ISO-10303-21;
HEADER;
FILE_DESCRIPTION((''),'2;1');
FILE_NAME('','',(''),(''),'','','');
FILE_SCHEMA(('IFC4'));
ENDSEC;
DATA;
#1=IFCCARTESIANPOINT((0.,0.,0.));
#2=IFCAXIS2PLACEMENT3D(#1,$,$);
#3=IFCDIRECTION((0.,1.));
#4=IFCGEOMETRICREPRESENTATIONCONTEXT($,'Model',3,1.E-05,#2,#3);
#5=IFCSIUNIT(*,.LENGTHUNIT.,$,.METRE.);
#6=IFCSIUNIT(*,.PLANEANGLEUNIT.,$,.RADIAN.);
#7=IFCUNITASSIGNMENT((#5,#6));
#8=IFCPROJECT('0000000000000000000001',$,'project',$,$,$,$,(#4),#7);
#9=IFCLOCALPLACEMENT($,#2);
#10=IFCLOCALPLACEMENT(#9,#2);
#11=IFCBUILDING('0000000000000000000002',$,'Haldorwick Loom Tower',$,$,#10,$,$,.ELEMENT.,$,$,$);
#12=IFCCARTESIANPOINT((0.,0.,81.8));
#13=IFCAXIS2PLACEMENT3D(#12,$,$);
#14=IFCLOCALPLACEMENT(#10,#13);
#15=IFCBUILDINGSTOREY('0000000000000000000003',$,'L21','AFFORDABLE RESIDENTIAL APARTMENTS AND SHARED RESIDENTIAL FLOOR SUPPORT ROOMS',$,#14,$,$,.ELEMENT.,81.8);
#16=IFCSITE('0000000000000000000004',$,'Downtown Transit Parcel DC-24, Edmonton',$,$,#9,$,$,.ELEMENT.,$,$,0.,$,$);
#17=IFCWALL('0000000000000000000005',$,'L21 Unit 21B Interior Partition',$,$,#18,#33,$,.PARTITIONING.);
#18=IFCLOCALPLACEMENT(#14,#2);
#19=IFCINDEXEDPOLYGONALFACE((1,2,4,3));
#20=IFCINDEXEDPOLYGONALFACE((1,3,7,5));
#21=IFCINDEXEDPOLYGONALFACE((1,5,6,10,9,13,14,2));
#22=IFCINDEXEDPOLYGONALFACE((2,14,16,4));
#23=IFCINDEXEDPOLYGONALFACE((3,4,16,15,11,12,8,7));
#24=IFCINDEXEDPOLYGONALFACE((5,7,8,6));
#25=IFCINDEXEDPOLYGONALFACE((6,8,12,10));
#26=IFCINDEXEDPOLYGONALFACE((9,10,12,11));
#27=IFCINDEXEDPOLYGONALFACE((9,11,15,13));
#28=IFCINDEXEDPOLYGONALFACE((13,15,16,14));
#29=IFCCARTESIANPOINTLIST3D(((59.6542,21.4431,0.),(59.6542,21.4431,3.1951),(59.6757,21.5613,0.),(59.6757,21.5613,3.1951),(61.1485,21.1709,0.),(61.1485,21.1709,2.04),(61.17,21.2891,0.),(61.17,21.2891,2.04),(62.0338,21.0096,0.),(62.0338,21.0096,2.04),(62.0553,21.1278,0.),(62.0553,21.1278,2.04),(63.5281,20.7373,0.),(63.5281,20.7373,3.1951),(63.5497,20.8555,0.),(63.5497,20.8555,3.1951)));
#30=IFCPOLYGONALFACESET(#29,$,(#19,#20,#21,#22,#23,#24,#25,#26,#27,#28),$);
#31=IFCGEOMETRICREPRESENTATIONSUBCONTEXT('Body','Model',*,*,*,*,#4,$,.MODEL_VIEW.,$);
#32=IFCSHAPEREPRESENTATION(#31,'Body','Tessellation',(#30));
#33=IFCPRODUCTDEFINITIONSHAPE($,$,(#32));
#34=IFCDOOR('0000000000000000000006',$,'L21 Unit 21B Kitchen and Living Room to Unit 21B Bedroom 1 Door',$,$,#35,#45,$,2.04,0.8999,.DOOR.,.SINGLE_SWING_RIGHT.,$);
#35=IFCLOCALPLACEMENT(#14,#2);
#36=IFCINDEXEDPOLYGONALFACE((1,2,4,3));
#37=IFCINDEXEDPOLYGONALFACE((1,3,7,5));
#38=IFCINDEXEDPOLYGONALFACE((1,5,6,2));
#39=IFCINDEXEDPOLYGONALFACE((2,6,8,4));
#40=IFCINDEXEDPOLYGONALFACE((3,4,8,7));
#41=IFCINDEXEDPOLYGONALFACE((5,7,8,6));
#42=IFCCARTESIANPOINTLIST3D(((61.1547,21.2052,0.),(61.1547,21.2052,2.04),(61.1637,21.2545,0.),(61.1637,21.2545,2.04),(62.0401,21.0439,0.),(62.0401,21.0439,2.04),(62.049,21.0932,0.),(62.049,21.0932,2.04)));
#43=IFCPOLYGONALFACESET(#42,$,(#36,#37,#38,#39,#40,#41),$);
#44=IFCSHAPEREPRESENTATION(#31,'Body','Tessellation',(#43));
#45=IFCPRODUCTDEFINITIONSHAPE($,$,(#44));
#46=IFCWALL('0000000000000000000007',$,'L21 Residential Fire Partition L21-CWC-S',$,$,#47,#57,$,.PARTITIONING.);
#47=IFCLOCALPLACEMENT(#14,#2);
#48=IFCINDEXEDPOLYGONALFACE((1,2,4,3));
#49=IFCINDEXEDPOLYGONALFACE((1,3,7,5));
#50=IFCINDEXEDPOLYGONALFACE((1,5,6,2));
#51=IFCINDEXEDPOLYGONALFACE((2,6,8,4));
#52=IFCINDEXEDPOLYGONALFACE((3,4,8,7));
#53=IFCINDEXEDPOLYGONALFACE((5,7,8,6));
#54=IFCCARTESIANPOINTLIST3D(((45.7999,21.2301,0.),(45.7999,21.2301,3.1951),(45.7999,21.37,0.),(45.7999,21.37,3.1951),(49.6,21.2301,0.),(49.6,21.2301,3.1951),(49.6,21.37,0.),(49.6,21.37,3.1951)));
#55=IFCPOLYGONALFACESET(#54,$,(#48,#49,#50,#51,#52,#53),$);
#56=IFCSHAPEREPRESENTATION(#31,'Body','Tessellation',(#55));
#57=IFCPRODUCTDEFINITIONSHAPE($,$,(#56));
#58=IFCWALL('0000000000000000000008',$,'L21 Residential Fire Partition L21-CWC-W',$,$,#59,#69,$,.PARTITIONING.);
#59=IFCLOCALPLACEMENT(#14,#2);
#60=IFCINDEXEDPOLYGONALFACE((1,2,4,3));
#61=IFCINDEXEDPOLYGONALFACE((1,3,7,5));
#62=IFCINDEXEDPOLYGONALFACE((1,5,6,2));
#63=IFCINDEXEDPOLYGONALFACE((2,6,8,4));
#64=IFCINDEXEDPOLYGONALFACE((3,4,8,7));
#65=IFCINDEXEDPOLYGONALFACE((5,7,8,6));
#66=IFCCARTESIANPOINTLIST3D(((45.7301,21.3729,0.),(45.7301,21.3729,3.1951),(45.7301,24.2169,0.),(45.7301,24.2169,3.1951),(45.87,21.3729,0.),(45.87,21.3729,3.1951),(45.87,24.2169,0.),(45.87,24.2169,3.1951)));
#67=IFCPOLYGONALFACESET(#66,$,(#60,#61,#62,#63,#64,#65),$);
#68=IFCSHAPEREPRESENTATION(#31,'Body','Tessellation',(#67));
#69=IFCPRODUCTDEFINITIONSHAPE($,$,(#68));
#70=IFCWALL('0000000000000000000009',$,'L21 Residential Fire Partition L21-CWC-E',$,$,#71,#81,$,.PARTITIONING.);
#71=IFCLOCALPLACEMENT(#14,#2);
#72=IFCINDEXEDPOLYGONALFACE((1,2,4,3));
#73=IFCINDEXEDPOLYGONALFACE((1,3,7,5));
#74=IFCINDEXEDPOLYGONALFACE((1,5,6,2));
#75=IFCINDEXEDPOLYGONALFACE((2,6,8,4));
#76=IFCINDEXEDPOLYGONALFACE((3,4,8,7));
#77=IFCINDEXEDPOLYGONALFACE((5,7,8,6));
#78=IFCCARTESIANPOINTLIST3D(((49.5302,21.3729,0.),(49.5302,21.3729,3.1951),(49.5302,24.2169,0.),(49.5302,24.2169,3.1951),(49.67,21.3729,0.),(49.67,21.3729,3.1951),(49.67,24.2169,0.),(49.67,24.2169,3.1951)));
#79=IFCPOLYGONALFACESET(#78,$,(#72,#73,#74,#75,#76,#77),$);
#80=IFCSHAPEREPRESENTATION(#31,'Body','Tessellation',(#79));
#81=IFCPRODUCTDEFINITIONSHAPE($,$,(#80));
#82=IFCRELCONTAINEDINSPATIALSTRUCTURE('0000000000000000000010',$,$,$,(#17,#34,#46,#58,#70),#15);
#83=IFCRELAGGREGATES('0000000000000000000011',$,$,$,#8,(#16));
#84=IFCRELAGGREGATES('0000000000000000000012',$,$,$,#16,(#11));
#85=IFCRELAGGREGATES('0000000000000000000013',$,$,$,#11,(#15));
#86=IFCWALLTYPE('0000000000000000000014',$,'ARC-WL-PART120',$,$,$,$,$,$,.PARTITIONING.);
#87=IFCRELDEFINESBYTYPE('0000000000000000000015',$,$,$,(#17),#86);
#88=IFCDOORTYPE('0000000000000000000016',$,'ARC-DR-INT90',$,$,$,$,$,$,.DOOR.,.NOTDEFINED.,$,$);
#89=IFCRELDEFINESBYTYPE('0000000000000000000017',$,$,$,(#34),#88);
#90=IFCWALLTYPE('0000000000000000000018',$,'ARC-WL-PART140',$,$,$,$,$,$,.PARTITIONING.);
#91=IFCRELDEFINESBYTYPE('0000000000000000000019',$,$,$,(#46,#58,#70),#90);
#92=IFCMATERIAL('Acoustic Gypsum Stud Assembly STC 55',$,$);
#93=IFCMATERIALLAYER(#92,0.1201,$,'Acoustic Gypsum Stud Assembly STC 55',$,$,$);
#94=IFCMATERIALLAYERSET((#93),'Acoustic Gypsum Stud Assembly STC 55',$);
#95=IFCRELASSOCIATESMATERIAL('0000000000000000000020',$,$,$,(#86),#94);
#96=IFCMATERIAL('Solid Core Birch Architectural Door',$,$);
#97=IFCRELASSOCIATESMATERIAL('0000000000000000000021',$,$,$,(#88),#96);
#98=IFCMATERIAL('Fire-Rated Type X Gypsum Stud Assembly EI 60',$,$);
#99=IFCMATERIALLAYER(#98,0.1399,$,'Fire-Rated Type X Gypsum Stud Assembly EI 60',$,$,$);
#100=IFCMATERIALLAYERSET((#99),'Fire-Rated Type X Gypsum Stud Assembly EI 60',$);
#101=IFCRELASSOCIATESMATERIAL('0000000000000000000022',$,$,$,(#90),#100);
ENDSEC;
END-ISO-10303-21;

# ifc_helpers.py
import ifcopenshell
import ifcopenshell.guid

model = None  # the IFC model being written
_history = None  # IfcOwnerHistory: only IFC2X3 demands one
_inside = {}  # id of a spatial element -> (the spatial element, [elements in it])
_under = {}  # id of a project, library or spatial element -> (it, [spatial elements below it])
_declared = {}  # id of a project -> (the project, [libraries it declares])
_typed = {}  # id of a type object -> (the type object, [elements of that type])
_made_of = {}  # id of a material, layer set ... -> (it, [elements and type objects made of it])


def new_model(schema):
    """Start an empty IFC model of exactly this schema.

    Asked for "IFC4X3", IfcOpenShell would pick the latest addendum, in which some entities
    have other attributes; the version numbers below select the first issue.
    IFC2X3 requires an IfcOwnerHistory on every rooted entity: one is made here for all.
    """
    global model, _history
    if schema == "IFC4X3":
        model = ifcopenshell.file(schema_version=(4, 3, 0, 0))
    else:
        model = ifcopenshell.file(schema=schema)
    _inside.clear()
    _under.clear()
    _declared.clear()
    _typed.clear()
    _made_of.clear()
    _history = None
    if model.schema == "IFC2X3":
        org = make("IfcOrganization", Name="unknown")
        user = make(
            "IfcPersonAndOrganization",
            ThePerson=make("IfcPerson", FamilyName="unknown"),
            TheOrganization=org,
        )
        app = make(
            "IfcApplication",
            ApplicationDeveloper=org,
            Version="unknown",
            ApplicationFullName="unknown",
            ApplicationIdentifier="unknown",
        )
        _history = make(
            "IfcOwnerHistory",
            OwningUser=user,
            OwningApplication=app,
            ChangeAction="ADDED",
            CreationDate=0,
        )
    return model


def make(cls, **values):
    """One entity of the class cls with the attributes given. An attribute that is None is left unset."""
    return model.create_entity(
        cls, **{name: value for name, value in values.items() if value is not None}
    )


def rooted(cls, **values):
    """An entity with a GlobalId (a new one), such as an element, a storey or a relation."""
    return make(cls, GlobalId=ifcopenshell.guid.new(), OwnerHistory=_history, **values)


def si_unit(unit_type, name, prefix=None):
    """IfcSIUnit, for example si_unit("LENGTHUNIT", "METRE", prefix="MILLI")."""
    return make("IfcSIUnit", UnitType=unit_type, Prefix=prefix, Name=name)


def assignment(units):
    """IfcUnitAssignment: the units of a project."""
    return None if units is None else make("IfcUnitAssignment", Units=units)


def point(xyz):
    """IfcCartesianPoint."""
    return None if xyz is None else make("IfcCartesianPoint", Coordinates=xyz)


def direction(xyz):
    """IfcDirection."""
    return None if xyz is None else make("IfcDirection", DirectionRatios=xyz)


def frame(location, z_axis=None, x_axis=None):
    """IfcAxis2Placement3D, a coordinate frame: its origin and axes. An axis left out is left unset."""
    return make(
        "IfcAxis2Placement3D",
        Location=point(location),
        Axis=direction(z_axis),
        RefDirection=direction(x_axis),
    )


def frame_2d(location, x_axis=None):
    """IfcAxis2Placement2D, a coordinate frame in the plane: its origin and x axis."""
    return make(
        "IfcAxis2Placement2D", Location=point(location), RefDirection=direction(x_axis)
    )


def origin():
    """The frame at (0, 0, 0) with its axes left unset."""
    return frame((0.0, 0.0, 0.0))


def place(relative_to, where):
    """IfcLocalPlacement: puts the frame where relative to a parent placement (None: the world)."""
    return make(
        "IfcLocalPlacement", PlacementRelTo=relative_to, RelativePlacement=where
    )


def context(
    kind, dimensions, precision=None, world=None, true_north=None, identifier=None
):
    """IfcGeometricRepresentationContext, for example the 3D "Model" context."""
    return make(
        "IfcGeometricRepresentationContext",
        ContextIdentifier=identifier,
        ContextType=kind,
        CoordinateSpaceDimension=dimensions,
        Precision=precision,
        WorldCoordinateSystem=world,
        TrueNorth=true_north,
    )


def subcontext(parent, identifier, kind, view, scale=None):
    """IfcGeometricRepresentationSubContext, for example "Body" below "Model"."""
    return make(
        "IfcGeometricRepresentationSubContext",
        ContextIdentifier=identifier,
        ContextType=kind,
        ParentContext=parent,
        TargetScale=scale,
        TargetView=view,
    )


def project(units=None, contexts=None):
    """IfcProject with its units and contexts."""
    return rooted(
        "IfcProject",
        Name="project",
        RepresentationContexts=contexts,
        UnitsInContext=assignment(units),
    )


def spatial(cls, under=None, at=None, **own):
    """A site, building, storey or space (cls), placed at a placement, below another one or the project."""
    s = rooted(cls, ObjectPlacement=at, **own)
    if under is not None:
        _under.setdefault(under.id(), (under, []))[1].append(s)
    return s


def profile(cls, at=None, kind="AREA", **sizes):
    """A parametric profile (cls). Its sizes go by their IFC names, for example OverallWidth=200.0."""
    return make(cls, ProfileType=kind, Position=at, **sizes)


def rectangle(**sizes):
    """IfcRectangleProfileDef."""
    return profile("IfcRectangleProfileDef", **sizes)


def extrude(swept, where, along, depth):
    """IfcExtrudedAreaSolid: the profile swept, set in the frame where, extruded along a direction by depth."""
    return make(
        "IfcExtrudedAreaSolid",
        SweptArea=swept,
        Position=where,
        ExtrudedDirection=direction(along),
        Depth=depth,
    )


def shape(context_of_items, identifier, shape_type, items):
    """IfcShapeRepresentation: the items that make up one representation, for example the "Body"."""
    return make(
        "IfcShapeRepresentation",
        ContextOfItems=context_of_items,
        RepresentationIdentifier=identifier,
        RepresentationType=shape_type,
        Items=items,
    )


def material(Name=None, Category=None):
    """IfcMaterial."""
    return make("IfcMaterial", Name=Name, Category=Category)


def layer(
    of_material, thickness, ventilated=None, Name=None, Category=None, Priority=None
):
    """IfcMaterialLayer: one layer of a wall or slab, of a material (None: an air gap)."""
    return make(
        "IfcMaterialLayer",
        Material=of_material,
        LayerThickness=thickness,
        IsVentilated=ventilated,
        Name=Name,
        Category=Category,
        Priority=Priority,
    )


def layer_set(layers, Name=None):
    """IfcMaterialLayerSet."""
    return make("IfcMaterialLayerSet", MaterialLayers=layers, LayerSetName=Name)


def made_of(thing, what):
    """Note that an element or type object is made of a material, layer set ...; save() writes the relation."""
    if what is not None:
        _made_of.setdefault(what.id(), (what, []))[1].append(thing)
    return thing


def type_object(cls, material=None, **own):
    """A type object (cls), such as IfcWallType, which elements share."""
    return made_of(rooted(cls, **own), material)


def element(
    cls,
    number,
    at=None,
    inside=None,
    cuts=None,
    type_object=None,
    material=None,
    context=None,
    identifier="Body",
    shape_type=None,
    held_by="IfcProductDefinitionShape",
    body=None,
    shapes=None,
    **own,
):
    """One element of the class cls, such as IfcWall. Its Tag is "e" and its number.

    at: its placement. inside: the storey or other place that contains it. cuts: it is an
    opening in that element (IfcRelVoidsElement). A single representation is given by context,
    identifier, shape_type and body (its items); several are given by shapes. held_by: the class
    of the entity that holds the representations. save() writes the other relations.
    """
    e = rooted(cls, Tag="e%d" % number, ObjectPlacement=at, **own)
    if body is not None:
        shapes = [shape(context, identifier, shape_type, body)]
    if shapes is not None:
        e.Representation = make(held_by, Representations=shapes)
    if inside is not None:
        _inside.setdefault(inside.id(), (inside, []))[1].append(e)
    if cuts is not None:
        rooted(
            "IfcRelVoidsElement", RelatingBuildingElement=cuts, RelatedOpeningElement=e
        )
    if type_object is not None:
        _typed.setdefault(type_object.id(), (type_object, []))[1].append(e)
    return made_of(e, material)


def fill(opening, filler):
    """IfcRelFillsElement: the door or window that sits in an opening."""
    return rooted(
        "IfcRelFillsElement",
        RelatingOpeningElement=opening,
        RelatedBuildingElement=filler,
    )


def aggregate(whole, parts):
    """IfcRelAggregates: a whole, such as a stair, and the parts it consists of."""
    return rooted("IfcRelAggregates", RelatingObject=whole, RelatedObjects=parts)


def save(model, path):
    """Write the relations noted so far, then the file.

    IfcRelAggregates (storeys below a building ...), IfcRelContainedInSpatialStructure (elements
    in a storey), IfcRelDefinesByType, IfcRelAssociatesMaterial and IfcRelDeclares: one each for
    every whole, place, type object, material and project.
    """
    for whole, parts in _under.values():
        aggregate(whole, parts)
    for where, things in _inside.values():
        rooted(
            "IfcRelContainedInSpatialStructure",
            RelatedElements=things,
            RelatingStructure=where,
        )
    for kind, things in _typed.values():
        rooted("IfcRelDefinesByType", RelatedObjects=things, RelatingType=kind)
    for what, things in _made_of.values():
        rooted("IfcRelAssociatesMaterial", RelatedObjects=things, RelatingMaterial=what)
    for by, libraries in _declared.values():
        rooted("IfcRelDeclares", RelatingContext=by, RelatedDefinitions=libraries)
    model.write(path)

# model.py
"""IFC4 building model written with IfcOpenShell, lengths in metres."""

from ifc_helpers import new_model, si_unit, direction, frame, frame_2d, origin, place, context, subcontext, project, spatial, rectangle, extrude, material, layer, layer_set, type_object, element, fill, save


model = new_model("IFC4")

# Units and contexts
model_context = context("Model", 3, precision=1e-05, world=origin(), true_north=direction((0.0, 1.0)))
body_context = subcontext(model_context, "Body", "Model", "MODEL_VIEW")
ifc_project = project(units=[si_unit("LENGTHUNIT", "METRE"), si_unit("PLANEANGLEUNIT", "RADIAN")], contexts=[model_context])

# Site, building, storey
site_placement = place(None, origin())
site = spatial("IfcSite", under=ifc_project, at=site_placement, Name="Downtown Transit Parcel DC-24, Edmonton", CompositionType="ELEMENT", RefElevation=0.0)
building_placement = place(site_placement, origin())
building = spatial("IfcBuilding", under=site, at=building_placement, Name="Haldorwick Loom Tower", CompositionType="ELEMENT")
storey_placement = place(building_placement, frame((0.0, 0.0, 81.8)))
storey = spatial("IfcBuildingStorey", under=building, at=storey_placement, Name="L21", Description="AFFORDABLE RESIDENTIAL APARTMENTS AND SHARED RESIDENTIAL FLOOR SUPPORT ROOMS", CompositionType="ELEMENT", Elevation=81.8)

# Shared definitions
ifc_material_1 = material(Name="Fire-Rated Type X Gypsum Stud Assembly EI 60")
ifc_material_2 = material(Name="Acoustic Gypsum Stud Assembly STC 55")
ifc_layer_1 = layer(ifc_material_2, 0.1201, Name="Acoustic Gypsum Stud Assembly STC 55")
ifc_layer_set_1 = layer_set([ifc_layer_1], Name="Acoustic Gypsum Stud Assembly STC 55")
wall_type_1 = type_object("IfcWallType", Name="ARC-WL-PART120", PredefinedType="PARTITIONING", material=ifc_layer_set_1)

# Shared definitions
ifc_material_3 = material(Name="Solid Core Birch Architectural Door")

# Wall, opening, door
wall_1_placement = place(storey_placement, frame((59.665, 21.5022, 0.0), z_axis=(0.0, 0.0, 1.0), x_axis=(0.983805, -0.17924, 0.0)))
wall_1 = element("IfcWall", 1, at=wall_1_placement, inside=storey, type_object=wall_type_1, Name="L21 Unit 21B Interior Partition", PredefinedType="PARTITIONING", context=body_context, shape_type="SweptSolid", body=[
    extrude(rectangle(XDim=3.9377, YDim=0.1201, at=frame_2d((1.9688, 0.0))), origin(), (0.0, 0.0, 1.0), 3.1951),
])
opening_1_placement = place(wall_1_placement, frame((1.5188, 0.0, 0.0)))
opening_1 = element("IfcOpeningElement", 2, at=opening_1_placement, cuts=wall_1, PredefinedType="OPENING", context=body_context, shape_type="SweptSolid", body=[
    extrude(rectangle(XDim=0.8999, YDim=2.04, at=frame_2d((0.45, 1.02))), frame((0.0, 0.0701, 0.0), z_axis=(0.0, -1.0, 0.0), x_axis=(1.0, 0.0, 0.0)), (0.0, 0.0, 1.0), 0.1401),
])
door_type_1 = type_object("IfcDoorType", Name="ARC-DR-INT90", OperationType="NOTDEFINED", PredefinedType="DOOR", material=ifc_material_3)
door_1_placement = place(opening_1_placement, origin())
door_1 = element("IfcDoor", 3, at=door_1_placement, inside=storey, type_object=door_type_1, Name="L21 Unit 21B Kitchen and Living Room to Unit 21B Bedroom 1 Door", OperationType="SINGLE_SWING_RIGHT", OverallHeight=2.04, OverallWidth=0.8999, PredefinedType="DOOR", context=body_context, shape_type="SweptSolid", body=[
    extrude(rectangle(XDim=0.8999, YDim=2.04, at=frame_2d((0.45, 1.02))), frame((0.0, 0.0249, 0.0), z_axis=(0.0, -1.0, 0.0), x_axis=(1.0, 0.0, 0.0)), (0.0, 0.0, 1.0), 0.05),
])
fill(opening_1, door_1)

# Walls
ifc_layer_2 = layer(ifc_material_1, 0.1399, Name="Fire-Rated Type X Gypsum Stud Assembly EI 60")
ifc_layer_set_2 = layer_set([ifc_layer_2], Name="Fire-Rated Type X Gypsum Stud Assembly EI 60")
wall_type_2 = type_object("IfcWallType", Name="ARC-WL-PART140", PredefinedType="PARTITIONING", material=ifc_layer_set_2)
wall_2_placement = place(storey_placement, frame((45.8, 21.3, 0.0), z_axis=(0.0, 0.0, 1.0), x_axis=(1.0, 0.0, 0.0)))
element("IfcWall", 4, at=wall_2_placement, inside=storey, type_object=wall_type_2, Name="L21 Residential Fire Partition L21-CWC-S", PredefinedType="PARTITIONING", context=body_context, shape_type="SweptSolid", body=[
    extrude(rectangle(XDim=3.8, YDim=0.1399, at=frame_2d((1.8999, 0.0))), origin(), (0.0, 0.0, 1.0), 3.1951),
])
for number, where, z_axis, x_axis, name in (
    (5, (45.8, 21.373, 0.0), (0.0, 0.0, 1.0), (0.0, 1.0, 0.0), "L21 Residential Fire Partition L21-CWC-W"),
    (6, (49.6001, 21.373, 0.0), (0.0, 0.0, 1.0), (0.0, 1.0, 0.0), "L21 Residential Fire Partition L21-CWC-E"),
):
    element("IfcWall", number, at=place(storey_placement, frame(where, z_axis=z_axis, x_axis=x_axis)), inside=storey, type_object=wall_type_2, Name=name, PredefinedType="PARTITIONING", context=body_context, shape_type="SweptSolid", body=[
        extrude(rectangle(XDim=2.844, YDim=0.1399, at=frame_2d((1.4219, 0.0))), origin(), (0.0, 0.0, 1.0), 3.1951),
    ])

save(model, "model.ifc")
